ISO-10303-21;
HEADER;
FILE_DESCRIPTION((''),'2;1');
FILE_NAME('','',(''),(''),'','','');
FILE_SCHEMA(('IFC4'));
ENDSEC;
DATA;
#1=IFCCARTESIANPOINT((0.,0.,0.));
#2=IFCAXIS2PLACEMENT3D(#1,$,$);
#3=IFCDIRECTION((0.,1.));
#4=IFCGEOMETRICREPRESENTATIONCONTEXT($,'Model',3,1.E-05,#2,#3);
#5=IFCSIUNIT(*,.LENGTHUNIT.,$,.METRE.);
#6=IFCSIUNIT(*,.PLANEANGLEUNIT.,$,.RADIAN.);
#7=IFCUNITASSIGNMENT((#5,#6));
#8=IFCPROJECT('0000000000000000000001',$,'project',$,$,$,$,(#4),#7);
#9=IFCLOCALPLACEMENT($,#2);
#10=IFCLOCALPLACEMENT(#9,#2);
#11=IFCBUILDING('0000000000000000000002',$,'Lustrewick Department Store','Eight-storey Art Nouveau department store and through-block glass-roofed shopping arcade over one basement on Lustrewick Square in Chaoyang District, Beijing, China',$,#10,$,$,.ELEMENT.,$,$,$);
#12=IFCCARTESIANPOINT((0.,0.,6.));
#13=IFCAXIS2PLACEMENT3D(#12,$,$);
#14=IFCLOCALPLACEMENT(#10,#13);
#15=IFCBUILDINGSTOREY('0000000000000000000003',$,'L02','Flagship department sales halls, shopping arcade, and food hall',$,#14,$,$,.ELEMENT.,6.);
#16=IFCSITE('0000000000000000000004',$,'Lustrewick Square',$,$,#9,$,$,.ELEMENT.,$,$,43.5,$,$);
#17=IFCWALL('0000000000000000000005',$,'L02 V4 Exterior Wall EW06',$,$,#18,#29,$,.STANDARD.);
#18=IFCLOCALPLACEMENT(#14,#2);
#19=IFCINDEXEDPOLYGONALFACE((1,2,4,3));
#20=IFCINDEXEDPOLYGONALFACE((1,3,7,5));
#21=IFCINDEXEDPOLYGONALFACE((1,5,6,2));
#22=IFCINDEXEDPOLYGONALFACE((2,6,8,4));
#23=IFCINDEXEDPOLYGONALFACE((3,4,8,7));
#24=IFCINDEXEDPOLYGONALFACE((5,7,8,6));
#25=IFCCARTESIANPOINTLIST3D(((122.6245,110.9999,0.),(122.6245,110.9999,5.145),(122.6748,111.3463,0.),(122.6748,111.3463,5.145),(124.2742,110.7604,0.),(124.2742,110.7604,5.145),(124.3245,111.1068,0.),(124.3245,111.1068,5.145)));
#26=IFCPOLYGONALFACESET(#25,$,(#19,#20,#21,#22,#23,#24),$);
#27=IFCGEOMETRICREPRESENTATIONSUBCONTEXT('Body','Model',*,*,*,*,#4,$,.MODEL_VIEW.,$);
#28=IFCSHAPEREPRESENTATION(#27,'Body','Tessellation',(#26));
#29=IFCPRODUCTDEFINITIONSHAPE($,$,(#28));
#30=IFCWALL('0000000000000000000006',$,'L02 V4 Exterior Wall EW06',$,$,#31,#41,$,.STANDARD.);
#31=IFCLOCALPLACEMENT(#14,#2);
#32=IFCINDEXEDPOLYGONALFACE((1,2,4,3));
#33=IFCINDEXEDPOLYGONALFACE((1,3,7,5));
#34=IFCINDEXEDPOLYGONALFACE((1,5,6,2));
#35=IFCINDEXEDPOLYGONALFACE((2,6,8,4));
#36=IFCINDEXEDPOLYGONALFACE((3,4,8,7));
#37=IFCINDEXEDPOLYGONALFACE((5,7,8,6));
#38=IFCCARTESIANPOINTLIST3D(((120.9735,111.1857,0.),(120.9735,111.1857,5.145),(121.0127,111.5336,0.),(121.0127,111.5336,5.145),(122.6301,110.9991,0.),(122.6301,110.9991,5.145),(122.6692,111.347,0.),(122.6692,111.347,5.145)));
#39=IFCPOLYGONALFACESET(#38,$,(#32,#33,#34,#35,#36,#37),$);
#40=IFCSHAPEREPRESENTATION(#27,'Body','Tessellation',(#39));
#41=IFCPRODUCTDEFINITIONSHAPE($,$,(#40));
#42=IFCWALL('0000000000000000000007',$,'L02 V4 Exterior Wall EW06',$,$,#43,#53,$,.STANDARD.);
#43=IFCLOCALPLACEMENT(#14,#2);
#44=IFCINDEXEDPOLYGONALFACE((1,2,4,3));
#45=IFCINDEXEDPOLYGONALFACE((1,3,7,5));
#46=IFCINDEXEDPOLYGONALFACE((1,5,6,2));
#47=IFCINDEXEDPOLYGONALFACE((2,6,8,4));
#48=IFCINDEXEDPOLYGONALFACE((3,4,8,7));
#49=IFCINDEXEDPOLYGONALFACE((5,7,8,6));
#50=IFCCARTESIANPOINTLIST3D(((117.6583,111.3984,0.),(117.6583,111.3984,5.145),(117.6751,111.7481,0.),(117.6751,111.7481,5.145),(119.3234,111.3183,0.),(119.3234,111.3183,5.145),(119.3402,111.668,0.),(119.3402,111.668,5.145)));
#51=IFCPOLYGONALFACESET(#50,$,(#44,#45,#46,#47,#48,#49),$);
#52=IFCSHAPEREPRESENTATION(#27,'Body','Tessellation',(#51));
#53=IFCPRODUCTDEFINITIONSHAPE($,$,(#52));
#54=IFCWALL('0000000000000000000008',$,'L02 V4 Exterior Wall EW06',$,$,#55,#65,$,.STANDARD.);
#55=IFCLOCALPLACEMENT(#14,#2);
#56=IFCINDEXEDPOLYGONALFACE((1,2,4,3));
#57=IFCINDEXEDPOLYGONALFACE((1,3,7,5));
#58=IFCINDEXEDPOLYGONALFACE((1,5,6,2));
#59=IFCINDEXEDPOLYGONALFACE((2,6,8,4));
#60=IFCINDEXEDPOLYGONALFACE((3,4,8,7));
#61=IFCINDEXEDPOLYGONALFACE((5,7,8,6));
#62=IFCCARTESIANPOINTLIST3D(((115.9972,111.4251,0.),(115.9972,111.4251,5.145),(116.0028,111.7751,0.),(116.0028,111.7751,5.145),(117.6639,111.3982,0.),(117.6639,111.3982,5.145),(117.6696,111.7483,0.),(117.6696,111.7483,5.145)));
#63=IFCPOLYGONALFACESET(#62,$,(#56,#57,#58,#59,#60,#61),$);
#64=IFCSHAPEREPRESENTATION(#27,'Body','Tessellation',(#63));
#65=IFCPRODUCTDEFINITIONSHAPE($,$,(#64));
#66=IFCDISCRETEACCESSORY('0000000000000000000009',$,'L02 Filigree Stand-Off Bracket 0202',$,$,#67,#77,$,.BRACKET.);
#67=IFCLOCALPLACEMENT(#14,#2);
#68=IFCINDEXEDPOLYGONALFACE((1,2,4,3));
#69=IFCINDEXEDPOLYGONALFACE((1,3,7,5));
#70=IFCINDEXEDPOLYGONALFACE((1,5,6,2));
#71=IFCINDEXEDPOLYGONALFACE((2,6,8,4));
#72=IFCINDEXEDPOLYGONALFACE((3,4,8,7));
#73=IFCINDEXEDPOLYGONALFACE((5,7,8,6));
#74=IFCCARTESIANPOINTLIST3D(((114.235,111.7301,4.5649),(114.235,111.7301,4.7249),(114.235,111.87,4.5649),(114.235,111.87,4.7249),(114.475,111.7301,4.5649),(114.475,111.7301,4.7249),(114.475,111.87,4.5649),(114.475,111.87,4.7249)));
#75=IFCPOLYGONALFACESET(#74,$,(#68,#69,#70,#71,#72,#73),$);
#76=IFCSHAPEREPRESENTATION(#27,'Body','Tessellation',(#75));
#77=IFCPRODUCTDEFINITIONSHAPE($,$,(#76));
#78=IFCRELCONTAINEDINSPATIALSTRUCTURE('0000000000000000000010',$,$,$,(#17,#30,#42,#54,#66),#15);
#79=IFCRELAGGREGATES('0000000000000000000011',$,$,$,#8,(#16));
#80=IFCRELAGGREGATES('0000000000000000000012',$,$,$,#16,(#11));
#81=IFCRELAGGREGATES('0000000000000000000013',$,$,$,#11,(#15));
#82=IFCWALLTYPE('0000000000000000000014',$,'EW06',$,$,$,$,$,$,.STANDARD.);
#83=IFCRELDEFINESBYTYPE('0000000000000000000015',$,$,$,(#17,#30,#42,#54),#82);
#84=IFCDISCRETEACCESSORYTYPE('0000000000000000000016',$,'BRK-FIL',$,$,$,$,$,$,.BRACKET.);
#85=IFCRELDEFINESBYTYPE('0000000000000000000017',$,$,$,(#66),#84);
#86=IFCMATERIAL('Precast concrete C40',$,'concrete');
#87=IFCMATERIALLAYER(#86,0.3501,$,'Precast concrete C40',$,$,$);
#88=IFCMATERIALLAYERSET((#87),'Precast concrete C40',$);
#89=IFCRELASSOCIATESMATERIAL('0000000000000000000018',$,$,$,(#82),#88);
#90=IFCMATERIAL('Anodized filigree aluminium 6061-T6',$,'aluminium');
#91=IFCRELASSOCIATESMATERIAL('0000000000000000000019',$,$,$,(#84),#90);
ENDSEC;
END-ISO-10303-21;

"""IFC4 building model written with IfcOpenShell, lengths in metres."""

from ifc_helpers import new_model, si_unit, direction, frame, frame_2d, origin, origin_2d, place, context, subcontext, project, spatial, rectangle, extrude, material, layer, layer_set, type_object, element, save


model = new_model("IFC4")

# Units and contexts
model_context = context("Model", 3, precision=1e-05, world=origin(), true_north=direction((0.0, 1.0)))
body_context = subcontext(model_context, "Body", "Model", "MODEL_VIEW")
ifc_project = project(units=[si_unit("LENGTHUNIT", "METRE"), si_unit("PLANEANGLEUNIT", "RADIAN")], contexts=[model_context])

# Site, building, storey
site_placement = place(None, origin())
site = spatial("IfcSite", under=ifc_project, at=site_placement, Name="Lustrewick Square", CompositionType="ELEMENT", RefElevation=43.5)
building_placement = place(site_placement, origin())
building = spatial("IfcBuilding", under=site, at=building_placement, Name="Lustrewick Department Store", Description="Eight-storey Art Nouveau department store and through-block glass-roofed shopping arcade over one basement on Lustrewick Square in Chaoyang District, Beijing, China", CompositionType="ELEMENT")
storey_placement = place(building_placement, frame((0.0, 0.0, 6.0)))
storey = spatial("IfcBuildingStorey", under=building, at=storey_placement, Name="L02", Description="Flagship department sales halls, shopping arcade, and food hall", CompositionType="ELEMENT", Elevation=6.0)

# Shared definitions
ifc_material_1 = material(Name="Precast concrete C40", Category="concrete")

# Walls
ifc_layer_1 = layer(ifc_material_1, 0.3501, Name="Precast concrete C40")
ifc_layer_set_1 = layer_set([ifc_layer_1], Name="Precast concrete C40")
wall_type_1 = type_object("IfcWallType", Name="EW06", PredefinedType="STANDARD", material=ifc_layer_set_1)
for number, where, z_axis, x_axis, name in (
    (1, (124.2993, 110.9336, 0.0), (0.0, 0.0, 1.0), (-0.989625, 0.143676, 0.0), "L02 V4 Exterior Wall EW06"),
    (2, (122.6497, 111.1731, 0.0), (0.0, 0.0, 1.0), (-0.99372, 0.111894, 0.0), "L02 V4 Exterior Wall EW06"),
    (3, (119.3318, 111.4932, 0.0), (0.0, 0.0, 1.0), (-0.998845, 0.048038, 0.0), "L02 V4 Exterior Wall EW06"),
    (4, (117.6667, 111.5732, 0.0), (0.0, 0.0, 1.0), (-0.99987, 0.01611, 0.0), "L02 V4 Exterior Wall EW06"),
):
    element("IfcWall", number, at=place(storey_placement, frame(where, z_axis=z_axis, x_axis=x_axis)), inside=storey, type_object=wall_type_1, Name=name, PredefinedType="STANDARD", context=body_context, shape_type="SweptSolid", body=[
        extrude(rectangle(XDim=1.667, YDim=0.3501, at=frame_2d((0.8335, 0.0))), origin(), (0.0, 0.0, 1.0), 5.145),
    ])

# Discrete accessory
ifc_material_2 = material(Name="Anodized filigree aluminium 6061-T6", Category="aluminium")
discrete_accessory_type = type_object("IfcDiscreteAccessoryType", Name="BRK-FIL", PredefinedType="BRACKET", material=ifc_material_2)
discrete_accessory_placement = place(storey_placement, frame((114.355, 111.8, 4.5649), z_axis=(0.0, 0.0, 1.0), x_axis=(-1.0, 0.0, 0.0)))
element("IfcDiscreteAccessory", 5, at=discrete_accessory_placement, inside=storey, type_object=discrete_accessory_type, Name="L02 Filigree Stand-Off Bracket 0202", PredefinedType="BRACKET", context=body_context, shape_type="SweptSolid", body=[
    extrude(rectangle(XDim=0.24, YDim=0.1399, at=origin_2d()), origin(), (0.0, 0.0, 1.0), 0.1599),
])

save(model, "model.ifc")
